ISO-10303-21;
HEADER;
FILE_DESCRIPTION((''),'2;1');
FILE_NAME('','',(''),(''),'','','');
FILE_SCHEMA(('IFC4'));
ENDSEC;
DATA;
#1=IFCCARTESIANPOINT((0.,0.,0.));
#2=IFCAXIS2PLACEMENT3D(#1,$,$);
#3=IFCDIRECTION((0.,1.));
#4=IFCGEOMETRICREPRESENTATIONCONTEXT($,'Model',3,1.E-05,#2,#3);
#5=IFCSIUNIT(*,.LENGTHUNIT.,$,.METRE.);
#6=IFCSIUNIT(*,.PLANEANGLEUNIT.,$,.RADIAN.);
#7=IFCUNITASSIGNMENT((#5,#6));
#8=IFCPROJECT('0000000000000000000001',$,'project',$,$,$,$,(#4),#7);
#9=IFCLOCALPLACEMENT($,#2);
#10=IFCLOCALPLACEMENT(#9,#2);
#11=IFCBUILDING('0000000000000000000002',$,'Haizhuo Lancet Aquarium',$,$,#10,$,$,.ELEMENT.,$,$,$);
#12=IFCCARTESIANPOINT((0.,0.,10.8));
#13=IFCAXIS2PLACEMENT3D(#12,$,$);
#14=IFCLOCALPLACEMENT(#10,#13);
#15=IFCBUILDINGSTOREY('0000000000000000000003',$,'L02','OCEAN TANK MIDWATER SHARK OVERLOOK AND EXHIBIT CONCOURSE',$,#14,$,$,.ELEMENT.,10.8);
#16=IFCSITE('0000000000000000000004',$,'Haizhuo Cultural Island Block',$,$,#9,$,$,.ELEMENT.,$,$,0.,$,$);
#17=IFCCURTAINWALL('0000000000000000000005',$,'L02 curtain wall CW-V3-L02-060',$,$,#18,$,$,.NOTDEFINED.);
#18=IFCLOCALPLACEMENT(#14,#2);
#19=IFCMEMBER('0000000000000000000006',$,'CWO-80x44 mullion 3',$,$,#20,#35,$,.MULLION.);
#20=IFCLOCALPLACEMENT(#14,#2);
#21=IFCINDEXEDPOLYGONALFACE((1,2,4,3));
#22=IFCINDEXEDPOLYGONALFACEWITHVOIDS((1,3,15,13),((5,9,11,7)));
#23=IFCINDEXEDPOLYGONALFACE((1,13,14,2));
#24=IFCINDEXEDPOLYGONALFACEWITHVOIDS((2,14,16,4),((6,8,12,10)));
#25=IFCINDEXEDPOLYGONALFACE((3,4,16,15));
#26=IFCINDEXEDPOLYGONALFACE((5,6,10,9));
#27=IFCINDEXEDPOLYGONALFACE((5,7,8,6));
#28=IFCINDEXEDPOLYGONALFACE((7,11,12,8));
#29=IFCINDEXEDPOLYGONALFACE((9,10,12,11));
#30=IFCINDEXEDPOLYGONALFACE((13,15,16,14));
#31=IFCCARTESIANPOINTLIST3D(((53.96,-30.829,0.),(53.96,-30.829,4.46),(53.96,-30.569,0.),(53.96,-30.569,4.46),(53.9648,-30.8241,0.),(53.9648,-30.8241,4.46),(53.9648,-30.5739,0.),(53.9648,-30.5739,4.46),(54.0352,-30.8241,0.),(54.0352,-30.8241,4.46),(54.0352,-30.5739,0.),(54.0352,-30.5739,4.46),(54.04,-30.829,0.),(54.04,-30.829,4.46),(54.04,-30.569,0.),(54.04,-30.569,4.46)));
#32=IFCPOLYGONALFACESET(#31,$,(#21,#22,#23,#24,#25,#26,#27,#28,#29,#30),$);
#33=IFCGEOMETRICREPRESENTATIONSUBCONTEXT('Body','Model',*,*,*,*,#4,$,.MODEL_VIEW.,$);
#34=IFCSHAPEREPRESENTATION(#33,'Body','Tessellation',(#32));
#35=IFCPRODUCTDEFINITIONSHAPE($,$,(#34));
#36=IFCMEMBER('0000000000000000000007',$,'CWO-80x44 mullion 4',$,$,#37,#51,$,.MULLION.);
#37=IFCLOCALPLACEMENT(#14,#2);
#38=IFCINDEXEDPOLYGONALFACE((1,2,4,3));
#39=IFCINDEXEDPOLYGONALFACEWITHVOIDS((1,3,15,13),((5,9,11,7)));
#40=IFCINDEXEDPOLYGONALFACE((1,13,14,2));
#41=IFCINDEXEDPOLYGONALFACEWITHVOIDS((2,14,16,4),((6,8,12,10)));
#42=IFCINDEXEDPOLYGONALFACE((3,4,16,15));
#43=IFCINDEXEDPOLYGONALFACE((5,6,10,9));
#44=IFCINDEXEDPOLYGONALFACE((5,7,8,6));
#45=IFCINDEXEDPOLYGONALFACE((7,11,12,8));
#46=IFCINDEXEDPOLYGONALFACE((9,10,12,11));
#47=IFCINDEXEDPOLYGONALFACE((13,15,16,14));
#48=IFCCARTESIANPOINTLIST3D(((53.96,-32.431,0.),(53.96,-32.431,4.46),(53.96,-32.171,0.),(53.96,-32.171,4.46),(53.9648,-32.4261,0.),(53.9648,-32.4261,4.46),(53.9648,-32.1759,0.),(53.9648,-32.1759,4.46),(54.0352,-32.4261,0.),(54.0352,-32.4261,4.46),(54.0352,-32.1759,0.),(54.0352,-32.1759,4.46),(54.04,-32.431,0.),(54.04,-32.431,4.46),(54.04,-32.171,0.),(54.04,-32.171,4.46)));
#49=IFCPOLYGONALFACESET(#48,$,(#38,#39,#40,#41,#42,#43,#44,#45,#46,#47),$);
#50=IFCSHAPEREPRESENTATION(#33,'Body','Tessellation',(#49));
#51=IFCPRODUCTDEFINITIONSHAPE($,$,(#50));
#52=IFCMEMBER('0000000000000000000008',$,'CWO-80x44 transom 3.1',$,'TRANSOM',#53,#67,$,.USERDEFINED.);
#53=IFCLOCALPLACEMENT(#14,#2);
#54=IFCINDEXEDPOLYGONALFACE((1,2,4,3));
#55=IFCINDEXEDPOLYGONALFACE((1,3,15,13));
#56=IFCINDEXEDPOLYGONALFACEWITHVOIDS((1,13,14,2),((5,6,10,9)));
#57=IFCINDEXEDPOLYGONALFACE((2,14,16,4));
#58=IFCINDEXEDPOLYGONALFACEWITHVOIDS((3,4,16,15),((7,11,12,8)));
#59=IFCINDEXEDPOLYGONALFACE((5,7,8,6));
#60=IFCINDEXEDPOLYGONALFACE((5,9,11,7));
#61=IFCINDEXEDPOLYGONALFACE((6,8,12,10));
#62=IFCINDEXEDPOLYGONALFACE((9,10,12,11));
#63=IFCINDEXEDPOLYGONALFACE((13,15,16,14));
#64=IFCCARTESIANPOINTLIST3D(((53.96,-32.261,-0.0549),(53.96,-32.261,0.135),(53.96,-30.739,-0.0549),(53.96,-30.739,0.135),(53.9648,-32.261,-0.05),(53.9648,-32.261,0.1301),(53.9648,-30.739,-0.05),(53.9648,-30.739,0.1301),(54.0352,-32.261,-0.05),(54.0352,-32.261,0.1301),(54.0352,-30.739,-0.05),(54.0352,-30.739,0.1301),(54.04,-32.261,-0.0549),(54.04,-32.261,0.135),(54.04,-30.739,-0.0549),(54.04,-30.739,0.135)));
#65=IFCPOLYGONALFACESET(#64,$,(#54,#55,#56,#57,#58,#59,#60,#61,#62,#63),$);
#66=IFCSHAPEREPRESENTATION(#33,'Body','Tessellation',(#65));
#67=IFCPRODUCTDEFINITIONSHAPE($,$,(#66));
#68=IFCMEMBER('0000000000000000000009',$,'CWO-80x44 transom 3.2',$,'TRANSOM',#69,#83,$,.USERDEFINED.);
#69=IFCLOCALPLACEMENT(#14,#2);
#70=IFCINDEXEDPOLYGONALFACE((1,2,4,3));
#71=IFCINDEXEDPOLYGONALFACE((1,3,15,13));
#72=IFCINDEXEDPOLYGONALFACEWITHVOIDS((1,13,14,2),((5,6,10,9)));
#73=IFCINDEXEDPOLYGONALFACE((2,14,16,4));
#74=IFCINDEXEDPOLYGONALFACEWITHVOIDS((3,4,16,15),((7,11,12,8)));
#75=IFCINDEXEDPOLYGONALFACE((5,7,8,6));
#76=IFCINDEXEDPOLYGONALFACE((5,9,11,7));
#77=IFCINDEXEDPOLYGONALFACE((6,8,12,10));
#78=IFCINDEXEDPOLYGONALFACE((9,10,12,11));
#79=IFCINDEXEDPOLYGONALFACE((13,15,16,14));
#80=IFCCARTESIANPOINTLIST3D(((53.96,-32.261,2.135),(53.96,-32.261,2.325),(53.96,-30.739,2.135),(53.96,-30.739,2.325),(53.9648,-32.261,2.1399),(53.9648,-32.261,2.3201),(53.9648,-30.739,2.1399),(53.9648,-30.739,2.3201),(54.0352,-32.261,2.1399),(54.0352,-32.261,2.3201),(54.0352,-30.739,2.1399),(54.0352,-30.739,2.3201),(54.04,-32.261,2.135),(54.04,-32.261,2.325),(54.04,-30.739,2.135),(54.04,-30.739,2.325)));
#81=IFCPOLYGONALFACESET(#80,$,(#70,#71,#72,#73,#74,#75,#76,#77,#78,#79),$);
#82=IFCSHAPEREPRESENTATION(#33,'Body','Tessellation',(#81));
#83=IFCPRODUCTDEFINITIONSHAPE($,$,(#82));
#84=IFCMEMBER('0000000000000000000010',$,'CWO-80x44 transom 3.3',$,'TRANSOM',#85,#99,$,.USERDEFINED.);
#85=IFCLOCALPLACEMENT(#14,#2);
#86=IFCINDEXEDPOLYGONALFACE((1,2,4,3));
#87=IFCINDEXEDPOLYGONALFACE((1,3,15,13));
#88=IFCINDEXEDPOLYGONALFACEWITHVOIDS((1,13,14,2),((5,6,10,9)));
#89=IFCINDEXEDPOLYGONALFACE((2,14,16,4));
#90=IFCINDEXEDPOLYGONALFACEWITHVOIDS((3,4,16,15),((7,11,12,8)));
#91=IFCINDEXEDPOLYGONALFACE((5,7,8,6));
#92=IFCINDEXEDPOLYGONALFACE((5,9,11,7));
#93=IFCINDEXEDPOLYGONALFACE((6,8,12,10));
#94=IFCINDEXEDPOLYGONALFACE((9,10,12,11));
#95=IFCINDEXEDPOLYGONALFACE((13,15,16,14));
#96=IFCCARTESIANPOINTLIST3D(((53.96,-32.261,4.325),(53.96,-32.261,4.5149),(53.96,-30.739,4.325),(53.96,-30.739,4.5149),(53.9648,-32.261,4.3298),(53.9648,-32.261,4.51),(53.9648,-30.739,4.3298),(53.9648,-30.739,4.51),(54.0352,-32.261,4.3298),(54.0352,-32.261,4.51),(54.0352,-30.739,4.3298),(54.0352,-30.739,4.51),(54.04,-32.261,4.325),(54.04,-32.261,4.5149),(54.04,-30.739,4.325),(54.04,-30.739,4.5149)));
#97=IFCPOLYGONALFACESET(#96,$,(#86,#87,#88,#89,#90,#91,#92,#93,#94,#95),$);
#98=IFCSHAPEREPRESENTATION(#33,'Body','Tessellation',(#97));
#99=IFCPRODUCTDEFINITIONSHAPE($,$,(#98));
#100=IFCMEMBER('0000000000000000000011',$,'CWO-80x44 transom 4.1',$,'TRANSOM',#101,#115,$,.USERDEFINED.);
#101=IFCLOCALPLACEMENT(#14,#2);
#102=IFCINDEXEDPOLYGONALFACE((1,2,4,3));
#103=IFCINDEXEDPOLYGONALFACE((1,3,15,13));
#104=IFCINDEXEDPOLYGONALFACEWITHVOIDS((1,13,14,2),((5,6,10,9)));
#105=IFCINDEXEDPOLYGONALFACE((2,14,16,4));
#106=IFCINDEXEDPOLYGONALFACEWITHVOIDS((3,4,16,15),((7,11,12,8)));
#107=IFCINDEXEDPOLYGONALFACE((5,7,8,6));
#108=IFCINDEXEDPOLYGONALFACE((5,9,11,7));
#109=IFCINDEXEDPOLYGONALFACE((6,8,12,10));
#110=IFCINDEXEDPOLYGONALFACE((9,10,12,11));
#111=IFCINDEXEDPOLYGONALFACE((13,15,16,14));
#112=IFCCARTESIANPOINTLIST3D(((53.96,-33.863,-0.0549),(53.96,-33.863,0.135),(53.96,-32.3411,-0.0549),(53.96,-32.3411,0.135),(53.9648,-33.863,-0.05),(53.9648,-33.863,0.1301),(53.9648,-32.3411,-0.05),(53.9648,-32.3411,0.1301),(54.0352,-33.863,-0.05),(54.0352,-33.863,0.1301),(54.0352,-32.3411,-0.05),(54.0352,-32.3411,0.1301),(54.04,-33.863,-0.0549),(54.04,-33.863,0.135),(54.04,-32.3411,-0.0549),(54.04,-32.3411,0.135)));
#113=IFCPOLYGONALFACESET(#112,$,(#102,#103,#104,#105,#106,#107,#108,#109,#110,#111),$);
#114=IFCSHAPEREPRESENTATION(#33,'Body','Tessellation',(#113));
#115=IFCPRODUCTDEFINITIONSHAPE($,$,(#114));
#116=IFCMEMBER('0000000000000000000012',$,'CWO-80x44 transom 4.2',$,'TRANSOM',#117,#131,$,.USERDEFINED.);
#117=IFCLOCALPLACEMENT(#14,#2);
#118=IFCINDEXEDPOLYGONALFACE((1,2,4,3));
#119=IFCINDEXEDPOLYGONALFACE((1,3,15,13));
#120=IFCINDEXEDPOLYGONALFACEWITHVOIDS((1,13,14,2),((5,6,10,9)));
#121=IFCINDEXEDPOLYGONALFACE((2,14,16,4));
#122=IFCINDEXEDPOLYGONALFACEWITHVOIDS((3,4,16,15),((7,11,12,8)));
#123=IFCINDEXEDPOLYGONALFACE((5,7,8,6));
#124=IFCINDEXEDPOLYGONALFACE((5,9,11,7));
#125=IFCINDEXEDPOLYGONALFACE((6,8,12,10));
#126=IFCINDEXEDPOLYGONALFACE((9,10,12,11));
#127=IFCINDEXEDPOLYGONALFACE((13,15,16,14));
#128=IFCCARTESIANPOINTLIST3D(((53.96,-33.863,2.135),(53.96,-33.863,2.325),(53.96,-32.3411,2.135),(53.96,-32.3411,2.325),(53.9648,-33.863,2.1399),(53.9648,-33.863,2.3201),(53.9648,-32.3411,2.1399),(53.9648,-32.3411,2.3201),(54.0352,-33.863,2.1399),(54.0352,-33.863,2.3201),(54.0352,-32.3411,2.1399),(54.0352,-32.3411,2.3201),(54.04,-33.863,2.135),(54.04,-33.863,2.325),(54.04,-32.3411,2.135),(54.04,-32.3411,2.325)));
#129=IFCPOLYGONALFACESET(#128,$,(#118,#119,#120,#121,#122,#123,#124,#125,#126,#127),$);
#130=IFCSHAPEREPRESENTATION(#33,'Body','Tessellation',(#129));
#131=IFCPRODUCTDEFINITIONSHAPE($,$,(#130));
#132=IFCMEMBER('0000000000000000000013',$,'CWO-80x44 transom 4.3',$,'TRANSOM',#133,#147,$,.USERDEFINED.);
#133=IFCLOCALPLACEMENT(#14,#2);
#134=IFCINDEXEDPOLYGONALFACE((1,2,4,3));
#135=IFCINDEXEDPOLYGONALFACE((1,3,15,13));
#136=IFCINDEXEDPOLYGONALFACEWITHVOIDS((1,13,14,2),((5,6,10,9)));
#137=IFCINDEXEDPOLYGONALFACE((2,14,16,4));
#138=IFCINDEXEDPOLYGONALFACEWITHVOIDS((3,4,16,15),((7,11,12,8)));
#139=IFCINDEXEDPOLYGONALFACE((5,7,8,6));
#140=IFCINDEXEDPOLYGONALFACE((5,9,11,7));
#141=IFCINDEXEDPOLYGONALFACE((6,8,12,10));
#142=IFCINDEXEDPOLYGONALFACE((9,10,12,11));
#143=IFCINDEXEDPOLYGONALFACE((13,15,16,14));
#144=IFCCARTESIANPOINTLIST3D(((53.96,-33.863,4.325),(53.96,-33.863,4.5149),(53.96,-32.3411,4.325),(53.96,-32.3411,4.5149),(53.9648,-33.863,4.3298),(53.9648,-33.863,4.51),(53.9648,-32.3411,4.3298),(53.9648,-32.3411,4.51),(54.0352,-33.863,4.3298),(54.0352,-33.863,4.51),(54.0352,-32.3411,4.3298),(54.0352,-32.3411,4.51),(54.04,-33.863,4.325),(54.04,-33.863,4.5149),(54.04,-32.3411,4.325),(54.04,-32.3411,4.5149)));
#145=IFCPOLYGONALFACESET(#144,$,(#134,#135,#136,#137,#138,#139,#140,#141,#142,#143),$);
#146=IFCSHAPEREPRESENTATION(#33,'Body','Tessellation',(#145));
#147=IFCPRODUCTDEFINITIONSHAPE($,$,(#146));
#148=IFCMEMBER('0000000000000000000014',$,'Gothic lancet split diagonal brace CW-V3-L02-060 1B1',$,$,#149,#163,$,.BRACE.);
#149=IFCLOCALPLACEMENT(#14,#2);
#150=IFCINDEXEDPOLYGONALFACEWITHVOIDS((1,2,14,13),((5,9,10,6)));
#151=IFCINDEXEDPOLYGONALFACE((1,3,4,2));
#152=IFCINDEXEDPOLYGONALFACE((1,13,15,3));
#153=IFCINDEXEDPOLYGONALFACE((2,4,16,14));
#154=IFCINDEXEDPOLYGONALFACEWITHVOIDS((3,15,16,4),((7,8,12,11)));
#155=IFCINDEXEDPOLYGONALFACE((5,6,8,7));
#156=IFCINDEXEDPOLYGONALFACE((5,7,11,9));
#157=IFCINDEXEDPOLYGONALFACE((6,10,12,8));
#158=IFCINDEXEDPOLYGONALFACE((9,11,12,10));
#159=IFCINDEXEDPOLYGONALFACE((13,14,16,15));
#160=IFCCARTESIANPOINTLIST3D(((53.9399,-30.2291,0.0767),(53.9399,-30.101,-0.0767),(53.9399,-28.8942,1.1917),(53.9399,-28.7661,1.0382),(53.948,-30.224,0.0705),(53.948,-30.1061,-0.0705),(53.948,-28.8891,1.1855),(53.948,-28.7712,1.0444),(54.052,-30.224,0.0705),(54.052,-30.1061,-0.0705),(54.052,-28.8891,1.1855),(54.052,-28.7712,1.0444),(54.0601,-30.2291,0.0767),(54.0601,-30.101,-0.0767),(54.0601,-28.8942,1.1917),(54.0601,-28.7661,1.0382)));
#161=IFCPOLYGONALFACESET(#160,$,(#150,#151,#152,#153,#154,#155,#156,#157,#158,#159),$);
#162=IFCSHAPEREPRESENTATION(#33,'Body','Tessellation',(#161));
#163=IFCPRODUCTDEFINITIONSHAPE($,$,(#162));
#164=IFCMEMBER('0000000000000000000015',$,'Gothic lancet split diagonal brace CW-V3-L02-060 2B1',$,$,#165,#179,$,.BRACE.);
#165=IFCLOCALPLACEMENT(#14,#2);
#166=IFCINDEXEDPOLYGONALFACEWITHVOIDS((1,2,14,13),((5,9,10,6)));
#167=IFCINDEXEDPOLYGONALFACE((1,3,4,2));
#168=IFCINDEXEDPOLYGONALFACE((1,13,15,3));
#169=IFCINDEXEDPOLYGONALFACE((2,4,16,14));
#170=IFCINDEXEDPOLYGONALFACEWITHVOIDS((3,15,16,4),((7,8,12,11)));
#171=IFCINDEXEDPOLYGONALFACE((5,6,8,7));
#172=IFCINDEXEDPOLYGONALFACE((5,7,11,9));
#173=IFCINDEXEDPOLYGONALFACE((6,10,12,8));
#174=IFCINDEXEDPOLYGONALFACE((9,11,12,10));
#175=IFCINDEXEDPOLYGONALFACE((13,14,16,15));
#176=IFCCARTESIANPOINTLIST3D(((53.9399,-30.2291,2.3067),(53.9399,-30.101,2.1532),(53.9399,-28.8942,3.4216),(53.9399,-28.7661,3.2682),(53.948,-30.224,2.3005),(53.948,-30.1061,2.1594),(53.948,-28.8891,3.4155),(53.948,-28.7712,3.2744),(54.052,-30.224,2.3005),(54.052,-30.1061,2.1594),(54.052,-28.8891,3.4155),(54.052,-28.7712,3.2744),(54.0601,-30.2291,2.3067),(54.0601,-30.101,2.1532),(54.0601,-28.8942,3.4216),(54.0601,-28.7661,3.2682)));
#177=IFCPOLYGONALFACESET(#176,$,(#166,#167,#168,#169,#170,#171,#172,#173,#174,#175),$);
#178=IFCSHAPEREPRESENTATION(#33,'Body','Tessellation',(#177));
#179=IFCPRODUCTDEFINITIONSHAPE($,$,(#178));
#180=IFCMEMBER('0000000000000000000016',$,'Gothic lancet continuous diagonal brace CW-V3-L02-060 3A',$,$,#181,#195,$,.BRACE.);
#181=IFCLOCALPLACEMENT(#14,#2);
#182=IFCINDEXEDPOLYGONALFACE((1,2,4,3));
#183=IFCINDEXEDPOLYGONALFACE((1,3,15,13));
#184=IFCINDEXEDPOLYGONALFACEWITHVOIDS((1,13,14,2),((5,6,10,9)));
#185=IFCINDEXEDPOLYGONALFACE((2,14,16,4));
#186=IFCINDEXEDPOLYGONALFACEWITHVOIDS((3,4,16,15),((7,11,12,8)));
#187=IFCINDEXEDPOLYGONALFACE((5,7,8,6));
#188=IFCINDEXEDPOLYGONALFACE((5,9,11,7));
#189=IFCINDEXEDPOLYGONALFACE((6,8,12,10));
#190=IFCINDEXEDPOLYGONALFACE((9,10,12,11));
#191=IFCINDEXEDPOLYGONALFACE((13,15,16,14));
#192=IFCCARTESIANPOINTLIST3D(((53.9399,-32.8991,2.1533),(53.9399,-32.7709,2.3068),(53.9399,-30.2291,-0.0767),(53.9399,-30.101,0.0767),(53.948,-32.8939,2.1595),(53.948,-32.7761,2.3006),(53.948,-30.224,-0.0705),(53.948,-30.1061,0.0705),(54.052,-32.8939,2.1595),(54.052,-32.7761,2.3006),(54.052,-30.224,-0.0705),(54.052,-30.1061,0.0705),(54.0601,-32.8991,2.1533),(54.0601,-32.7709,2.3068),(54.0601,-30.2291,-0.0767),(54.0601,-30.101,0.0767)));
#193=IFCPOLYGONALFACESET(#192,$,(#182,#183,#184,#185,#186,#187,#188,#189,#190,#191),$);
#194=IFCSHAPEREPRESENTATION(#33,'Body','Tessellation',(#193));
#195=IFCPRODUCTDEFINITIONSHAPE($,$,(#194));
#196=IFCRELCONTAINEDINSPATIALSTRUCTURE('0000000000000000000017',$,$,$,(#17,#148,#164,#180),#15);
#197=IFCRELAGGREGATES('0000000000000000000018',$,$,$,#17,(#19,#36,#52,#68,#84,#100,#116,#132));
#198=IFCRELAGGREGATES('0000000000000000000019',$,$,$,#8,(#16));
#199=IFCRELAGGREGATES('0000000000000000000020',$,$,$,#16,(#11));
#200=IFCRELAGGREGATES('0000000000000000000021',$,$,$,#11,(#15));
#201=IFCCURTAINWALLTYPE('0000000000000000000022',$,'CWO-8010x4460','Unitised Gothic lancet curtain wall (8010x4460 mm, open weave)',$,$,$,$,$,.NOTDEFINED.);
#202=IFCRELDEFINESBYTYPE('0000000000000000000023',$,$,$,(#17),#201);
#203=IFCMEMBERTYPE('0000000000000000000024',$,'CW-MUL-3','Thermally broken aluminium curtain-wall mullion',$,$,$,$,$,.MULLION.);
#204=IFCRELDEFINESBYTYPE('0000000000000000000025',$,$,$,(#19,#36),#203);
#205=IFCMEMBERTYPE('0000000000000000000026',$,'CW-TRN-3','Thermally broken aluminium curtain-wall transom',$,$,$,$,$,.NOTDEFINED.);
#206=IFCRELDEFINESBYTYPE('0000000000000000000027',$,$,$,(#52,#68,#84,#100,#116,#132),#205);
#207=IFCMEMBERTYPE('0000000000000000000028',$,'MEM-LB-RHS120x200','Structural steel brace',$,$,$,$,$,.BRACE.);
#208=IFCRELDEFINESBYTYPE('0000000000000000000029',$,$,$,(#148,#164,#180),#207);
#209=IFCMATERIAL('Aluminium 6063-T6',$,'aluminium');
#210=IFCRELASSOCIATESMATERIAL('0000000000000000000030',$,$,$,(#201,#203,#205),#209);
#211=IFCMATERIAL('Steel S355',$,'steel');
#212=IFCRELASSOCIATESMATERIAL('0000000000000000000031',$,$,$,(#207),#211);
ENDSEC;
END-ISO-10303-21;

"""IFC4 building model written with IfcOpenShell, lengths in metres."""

from ifc_helpers import new_model, si_unit, direction, frame, origin, origin_2d, place, context, subcontext, project, spatial, hollow_rectangle, extrude, material, material_profile, profile_set, type_object, element, aggregate, save


model = new_model("IFC4")

# Units and contexts
model_context = context("Model", 3, precision=1e-05, world=origin(), true_north=direction((0.0, 1.0)))
body_context = subcontext(model_context, "Body", "Model", "MODEL_VIEW")
ifc_project = project(units=[si_unit("LENGTHUNIT", "METRE"), si_unit("PLANEANGLEUNIT", "RADIAN")], contexts=[model_context])

# Site, building, storey
site_placement = place(None, origin())
site = spatial("IfcSite", under=ifc_project, at=site_placement, Name="Haizhuo Cultural Island Block", CompositionType="ELEMENT", RefElevation=0.0)
building_placement = place(site_placement, origin())
building = spatial("IfcBuilding", under=site, at=building_placement, Name="Haizhuo Lancet Aquarium", CompositionType="ELEMENT")
storey_placement = place(building_placement, frame((0.0, 0.0, 10.8)))
storey = spatial("IfcBuildingStorey", under=building, at=storey_placement, Name="L02", Description="OCEAN TANK MIDWATER SHARK OVERLOOK AND EXHIBIT CONCOURSE", CompositionType="ELEMENT", Elevation=10.8)

# Curtain wall, members
ifc_material_1 = material(Name="Aluminium 6063-T6", Category="aluminium")
curtain_wall_type = type_object("IfcCurtainWallType", Name="CWO-8010x4460", Description="Unitised Gothic lancet curtain wall (8010x4460 mm, open weave)", PredefinedType="NOTDEFINED", material=ifc_material_1)
curtain_wall_placement = place(storey_placement, origin())
curtain_wall = element("IfcCurtainWall", 1, at=curtain_wall_placement, inside=storey, type_object=curtain_wall_type, Name="L02 curtain wall CW-V3-L02-060", PredefinedType="NOTDEFINED")
ifc_material_profile_1 = material_profile(ifc_material_1, hollow_rectangle(XDim=0.0801, YDim=0.26, WallThickness=0.0049, at=origin_2d()), Name="ALU-M 80x260x5")
ifc_profile_set_1 = profile_set([ifc_material_profile_1], Name="Aluminium 6063-T6")
member_type_1 = type_object("IfcMemberType", Name="CW-MUL-3", Description="Thermally broken aluminium curtain-wall mullion", PredefinedType="MULLION", material=ifc_profile_set_1)
member_1_placement = place(storey_placement, frame((54.0, -30.699, 0.0), z_axis=(0.0, 0.0, 1.0), x_axis=(1.0, 0.0, 0.0)))
member_1 = element("IfcMember", 2, at=member_1_placement, type_object=member_type_1, Name="CWO-80x44 mullion 3", PredefinedType="MULLION", context=body_context, shape_type="SweptSolid", body=[
    extrude(hollow_rectangle(XDim=0.0801, YDim=0.26, WallThickness=0.0049, at=origin_2d()), origin(), (0.0, 0.0, 1.0), 4.46),
])
member_2_placement = place(storey_placement, frame((54.0, -32.301, 0.0), z_axis=(0.0, 0.0, 1.0), x_axis=(1.0, 0.0, 0.0)))
member_2 = element("IfcMember", 3, at=member_2_placement, type_object=member_type_1, Name="CWO-80x44 mullion 4", PredefinedType="MULLION", context=body_context, shape_type="SweptSolid", body=[
    extrude(hollow_rectangle(XDim=0.0801, YDim=0.26, WallThickness=0.0049, at=origin_2d()), origin(), (0.0, 0.0, 1.0), 4.46),
])
ifc_material_profile_2 = material_profile(ifc_material_1, hollow_rectangle(XDim=0.0801, YDim=0.1899, WallThickness=0.0049, at=origin_2d()), Name="ALU-T 80x190x5")
ifc_profile_set_2 = profile_set([ifc_material_profile_2], Name="Aluminium 6063-T6")
member_type_2 = type_object("IfcMemberType", Name="CW-TRN-3", Description="Thermally broken aluminium curtain-wall transom", PredefinedType="NOTDEFINED", material=ifc_profile_set_2)
member_3_placement = place(storey_placement, frame((54.0, -30.739, 0.04), z_axis=(0.0, -1.0, 0.0), x_axis=(1.0, 0.0, 0.0)))
member_3 = element("IfcMember", 4, at=member_3_placement, type_object=member_type_2, Name="CWO-80x44 transom 3.1", ObjectType="TRANSOM", PredefinedType="USERDEFINED", context=body_context, shape_type="SweptSolid", body=[
    extrude(hollow_rectangle(XDim=0.0801, YDim=0.1899, WallThickness=0.0049, at=origin_2d()), origin(), (0.0, 0.0, 1.0), 1.522),
])
member_4_placement = place(storey_placement, frame((54.0, -30.739, 2.23), z_axis=(0.0, -1.0, 0.0), x_axis=(1.0, 0.0, 0.0)))
member_4 = element("IfcMember", 5, at=member_4_placement, type_object=member_type_2, Name="CWO-80x44 transom 3.2", ObjectType="TRANSOM", PredefinedType="USERDEFINED", context=body_context, shape_type="SweptSolid", body=[
    extrude(hollow_rectangle(XDim=0.0801, YDim=0.1899, WallThickness=0.0049, at=origin_2d()), origin(), (0.0, 0.0, 1.0), 1.522),
])
member_5_placement = place(storey_placement, frame((54.0, -30.739, 4.4199), z_axis=(0.0, -1.0, 0.0), x_axis=(1.0, 0.0, 0.0)))
member_5 = element("IfcMember", 6, at=member_5_placement, type_object=member_type_2, Name="CWO-80x44 transom 3.3", ObjectType="TRANSOM", PredefinedType="USERDEFINED", context=body_context, shape_type="SweptSolid", body=[
    extrude(hollow_rectangle(XDim=0.0801, YDim=0.1899, WallThickness=0.0049, at=origin_2d()), origin(), (0.0, 0.0, 1.0), 1.522),
])
member_6_placement = place(storey_placement, frame((54.0, -32.3411, 0.04), z_axis=(0.0, -1.0, 0.0), x_axis=(1.0, 0.0, 0.0)))
member_6 = element("IfcMember", 7, at=member_6_placement, type_object=member_type_2, Name="CWO-80x44 transom 4.1", ObjectType="TRANSOM", PredefinedType="USERDEFINED", context=body_context, shape_type="SweptSolid", body=[
    extrude(hollow_rectangle(XDim=0.0801, YDim=0.1899, WallThickness=0.0049, at=origin_2d()), origin(), (0.0, 0.0, 1.0), 1.522),
])
member_7_placement = place(storey_placement, frame((54.0, -32.3411, 2.23), z_axis=(0.0, -1.0, 0.0), x_axis=(1.0, 0.0, 0.0)))
member_7 = element("IfcMember", 8, at=member_7_placement, type_object=member_type_2, Name="CWO-80x44 transom 4.2", ObjectType="TRANSOM", PredefinedType="USERDEFINED", context=body_context, shape_type="SweptSolid", body=[
    extrude(hollow_rectangle(XDim=0.0801, YDim=0.1899, WallThickness=0.0049, at=origin_2d()), origin(), (0.0, 0.0, 1.0), 1.522),
])
member_8_placement = place(storey_placement, frame((54.0, -32.3411, 4.4199), z_axis=(0.0, -1.0, 0.0), x_axis=(1.0, 0.0, 0.0)))
member_8 = element("IfcMember", 9, at=member_8_placement, type_object=member_type_2, Name="CWO-80x44 transom 4.3", ObjectType="TRANSOM", PredefinedType="USERDEFINED", context=body_context, shape_type="SweptSolid", body=[
    extrude(hollow_rectangle(XDim=0.0801, YDim=0.1899, WallThickness=0.0049, at=origin_2d()), origin(), (0.0, 0.0, 1.0), 1.522),
])

# Members
ifc_material_2 = material(Name="Steel S355", Category="steel")
ifc_material_profile_3 = material_profile(ifc_material_2, hollow_rectangle(XDim=0.1201, YDim=0.2, WallThickness=0.0081, at=origin_2d()), Name="RHS 120x200x8")
ifc_profile_set_3 = profile_set([ifc_material_profile_3], Name="Steel S355")
member_type_3 = type_object("IfcMemberType", Name="MEM-LB-RHS120x200", Description="Structural steel brace", PredefinedType="BRACE", material=ifc_profile_set_3)
for number, where, z_axis, x_axis, name in (
    (10, (54.0, -30.165, 0.0), (0.0, 0.767507, 0.64104), (-1.0, 0.0, 0.0), "Gothic lancet split diagonal brace CW-V3-L02-060 1B1"),
    (11, (54.0, -30.165, 2.23), (0.0, 0.767507, 0.64104), (-1.0, 0.0, 0.0), "Gothic lancet split diagonal brace CW-V3-L02-060 2B1"),
):
    element("IfcMember", number, at=place(storey_placement, frame(where, z_axis=z_axis, x_axis=x_axis)), inside=storey, type_object=member_type_3, Name=name, PredefinedType="BRACE", context=body_context, shape_type="SweptSolid", body=[
        extrude(hollow_rectangle(XDim=0.1201, YDim=0.2, WallThickness=0.0081, at=origin_2d()), origin(), (0.0, 0.0, 1.0), 1.7393),
    ])
member_9_placement = place(storey_placement, frame((54.0, -30.165, 0.0), z_axis=(0.0, -0.767507, 0.64104), x_axis=(1.0, 0.0, 0.0)))
element("IfcMember", 12, at=member_9_placement, inside=storey, type_object=member_type_3, Name="Gothic lancet continuous diagonal brace CW-V3-L02-060 3A", PredefinedType="BRACE", context=body_context, shape_type="SweptSolid", body=[
    extrude(hollow_rectangle(XDim=0.1201, YDim=0.2, WallThickness=0.0081, at=origin_2d()), origin(), (0.0, 0.0, 1.0), 3.4788),
])

aggregate(curtain_wall, [member_1, member_2, member_3, member_4, member_5, member_6, member_7, member_8])

save(model, "model.ifc")
